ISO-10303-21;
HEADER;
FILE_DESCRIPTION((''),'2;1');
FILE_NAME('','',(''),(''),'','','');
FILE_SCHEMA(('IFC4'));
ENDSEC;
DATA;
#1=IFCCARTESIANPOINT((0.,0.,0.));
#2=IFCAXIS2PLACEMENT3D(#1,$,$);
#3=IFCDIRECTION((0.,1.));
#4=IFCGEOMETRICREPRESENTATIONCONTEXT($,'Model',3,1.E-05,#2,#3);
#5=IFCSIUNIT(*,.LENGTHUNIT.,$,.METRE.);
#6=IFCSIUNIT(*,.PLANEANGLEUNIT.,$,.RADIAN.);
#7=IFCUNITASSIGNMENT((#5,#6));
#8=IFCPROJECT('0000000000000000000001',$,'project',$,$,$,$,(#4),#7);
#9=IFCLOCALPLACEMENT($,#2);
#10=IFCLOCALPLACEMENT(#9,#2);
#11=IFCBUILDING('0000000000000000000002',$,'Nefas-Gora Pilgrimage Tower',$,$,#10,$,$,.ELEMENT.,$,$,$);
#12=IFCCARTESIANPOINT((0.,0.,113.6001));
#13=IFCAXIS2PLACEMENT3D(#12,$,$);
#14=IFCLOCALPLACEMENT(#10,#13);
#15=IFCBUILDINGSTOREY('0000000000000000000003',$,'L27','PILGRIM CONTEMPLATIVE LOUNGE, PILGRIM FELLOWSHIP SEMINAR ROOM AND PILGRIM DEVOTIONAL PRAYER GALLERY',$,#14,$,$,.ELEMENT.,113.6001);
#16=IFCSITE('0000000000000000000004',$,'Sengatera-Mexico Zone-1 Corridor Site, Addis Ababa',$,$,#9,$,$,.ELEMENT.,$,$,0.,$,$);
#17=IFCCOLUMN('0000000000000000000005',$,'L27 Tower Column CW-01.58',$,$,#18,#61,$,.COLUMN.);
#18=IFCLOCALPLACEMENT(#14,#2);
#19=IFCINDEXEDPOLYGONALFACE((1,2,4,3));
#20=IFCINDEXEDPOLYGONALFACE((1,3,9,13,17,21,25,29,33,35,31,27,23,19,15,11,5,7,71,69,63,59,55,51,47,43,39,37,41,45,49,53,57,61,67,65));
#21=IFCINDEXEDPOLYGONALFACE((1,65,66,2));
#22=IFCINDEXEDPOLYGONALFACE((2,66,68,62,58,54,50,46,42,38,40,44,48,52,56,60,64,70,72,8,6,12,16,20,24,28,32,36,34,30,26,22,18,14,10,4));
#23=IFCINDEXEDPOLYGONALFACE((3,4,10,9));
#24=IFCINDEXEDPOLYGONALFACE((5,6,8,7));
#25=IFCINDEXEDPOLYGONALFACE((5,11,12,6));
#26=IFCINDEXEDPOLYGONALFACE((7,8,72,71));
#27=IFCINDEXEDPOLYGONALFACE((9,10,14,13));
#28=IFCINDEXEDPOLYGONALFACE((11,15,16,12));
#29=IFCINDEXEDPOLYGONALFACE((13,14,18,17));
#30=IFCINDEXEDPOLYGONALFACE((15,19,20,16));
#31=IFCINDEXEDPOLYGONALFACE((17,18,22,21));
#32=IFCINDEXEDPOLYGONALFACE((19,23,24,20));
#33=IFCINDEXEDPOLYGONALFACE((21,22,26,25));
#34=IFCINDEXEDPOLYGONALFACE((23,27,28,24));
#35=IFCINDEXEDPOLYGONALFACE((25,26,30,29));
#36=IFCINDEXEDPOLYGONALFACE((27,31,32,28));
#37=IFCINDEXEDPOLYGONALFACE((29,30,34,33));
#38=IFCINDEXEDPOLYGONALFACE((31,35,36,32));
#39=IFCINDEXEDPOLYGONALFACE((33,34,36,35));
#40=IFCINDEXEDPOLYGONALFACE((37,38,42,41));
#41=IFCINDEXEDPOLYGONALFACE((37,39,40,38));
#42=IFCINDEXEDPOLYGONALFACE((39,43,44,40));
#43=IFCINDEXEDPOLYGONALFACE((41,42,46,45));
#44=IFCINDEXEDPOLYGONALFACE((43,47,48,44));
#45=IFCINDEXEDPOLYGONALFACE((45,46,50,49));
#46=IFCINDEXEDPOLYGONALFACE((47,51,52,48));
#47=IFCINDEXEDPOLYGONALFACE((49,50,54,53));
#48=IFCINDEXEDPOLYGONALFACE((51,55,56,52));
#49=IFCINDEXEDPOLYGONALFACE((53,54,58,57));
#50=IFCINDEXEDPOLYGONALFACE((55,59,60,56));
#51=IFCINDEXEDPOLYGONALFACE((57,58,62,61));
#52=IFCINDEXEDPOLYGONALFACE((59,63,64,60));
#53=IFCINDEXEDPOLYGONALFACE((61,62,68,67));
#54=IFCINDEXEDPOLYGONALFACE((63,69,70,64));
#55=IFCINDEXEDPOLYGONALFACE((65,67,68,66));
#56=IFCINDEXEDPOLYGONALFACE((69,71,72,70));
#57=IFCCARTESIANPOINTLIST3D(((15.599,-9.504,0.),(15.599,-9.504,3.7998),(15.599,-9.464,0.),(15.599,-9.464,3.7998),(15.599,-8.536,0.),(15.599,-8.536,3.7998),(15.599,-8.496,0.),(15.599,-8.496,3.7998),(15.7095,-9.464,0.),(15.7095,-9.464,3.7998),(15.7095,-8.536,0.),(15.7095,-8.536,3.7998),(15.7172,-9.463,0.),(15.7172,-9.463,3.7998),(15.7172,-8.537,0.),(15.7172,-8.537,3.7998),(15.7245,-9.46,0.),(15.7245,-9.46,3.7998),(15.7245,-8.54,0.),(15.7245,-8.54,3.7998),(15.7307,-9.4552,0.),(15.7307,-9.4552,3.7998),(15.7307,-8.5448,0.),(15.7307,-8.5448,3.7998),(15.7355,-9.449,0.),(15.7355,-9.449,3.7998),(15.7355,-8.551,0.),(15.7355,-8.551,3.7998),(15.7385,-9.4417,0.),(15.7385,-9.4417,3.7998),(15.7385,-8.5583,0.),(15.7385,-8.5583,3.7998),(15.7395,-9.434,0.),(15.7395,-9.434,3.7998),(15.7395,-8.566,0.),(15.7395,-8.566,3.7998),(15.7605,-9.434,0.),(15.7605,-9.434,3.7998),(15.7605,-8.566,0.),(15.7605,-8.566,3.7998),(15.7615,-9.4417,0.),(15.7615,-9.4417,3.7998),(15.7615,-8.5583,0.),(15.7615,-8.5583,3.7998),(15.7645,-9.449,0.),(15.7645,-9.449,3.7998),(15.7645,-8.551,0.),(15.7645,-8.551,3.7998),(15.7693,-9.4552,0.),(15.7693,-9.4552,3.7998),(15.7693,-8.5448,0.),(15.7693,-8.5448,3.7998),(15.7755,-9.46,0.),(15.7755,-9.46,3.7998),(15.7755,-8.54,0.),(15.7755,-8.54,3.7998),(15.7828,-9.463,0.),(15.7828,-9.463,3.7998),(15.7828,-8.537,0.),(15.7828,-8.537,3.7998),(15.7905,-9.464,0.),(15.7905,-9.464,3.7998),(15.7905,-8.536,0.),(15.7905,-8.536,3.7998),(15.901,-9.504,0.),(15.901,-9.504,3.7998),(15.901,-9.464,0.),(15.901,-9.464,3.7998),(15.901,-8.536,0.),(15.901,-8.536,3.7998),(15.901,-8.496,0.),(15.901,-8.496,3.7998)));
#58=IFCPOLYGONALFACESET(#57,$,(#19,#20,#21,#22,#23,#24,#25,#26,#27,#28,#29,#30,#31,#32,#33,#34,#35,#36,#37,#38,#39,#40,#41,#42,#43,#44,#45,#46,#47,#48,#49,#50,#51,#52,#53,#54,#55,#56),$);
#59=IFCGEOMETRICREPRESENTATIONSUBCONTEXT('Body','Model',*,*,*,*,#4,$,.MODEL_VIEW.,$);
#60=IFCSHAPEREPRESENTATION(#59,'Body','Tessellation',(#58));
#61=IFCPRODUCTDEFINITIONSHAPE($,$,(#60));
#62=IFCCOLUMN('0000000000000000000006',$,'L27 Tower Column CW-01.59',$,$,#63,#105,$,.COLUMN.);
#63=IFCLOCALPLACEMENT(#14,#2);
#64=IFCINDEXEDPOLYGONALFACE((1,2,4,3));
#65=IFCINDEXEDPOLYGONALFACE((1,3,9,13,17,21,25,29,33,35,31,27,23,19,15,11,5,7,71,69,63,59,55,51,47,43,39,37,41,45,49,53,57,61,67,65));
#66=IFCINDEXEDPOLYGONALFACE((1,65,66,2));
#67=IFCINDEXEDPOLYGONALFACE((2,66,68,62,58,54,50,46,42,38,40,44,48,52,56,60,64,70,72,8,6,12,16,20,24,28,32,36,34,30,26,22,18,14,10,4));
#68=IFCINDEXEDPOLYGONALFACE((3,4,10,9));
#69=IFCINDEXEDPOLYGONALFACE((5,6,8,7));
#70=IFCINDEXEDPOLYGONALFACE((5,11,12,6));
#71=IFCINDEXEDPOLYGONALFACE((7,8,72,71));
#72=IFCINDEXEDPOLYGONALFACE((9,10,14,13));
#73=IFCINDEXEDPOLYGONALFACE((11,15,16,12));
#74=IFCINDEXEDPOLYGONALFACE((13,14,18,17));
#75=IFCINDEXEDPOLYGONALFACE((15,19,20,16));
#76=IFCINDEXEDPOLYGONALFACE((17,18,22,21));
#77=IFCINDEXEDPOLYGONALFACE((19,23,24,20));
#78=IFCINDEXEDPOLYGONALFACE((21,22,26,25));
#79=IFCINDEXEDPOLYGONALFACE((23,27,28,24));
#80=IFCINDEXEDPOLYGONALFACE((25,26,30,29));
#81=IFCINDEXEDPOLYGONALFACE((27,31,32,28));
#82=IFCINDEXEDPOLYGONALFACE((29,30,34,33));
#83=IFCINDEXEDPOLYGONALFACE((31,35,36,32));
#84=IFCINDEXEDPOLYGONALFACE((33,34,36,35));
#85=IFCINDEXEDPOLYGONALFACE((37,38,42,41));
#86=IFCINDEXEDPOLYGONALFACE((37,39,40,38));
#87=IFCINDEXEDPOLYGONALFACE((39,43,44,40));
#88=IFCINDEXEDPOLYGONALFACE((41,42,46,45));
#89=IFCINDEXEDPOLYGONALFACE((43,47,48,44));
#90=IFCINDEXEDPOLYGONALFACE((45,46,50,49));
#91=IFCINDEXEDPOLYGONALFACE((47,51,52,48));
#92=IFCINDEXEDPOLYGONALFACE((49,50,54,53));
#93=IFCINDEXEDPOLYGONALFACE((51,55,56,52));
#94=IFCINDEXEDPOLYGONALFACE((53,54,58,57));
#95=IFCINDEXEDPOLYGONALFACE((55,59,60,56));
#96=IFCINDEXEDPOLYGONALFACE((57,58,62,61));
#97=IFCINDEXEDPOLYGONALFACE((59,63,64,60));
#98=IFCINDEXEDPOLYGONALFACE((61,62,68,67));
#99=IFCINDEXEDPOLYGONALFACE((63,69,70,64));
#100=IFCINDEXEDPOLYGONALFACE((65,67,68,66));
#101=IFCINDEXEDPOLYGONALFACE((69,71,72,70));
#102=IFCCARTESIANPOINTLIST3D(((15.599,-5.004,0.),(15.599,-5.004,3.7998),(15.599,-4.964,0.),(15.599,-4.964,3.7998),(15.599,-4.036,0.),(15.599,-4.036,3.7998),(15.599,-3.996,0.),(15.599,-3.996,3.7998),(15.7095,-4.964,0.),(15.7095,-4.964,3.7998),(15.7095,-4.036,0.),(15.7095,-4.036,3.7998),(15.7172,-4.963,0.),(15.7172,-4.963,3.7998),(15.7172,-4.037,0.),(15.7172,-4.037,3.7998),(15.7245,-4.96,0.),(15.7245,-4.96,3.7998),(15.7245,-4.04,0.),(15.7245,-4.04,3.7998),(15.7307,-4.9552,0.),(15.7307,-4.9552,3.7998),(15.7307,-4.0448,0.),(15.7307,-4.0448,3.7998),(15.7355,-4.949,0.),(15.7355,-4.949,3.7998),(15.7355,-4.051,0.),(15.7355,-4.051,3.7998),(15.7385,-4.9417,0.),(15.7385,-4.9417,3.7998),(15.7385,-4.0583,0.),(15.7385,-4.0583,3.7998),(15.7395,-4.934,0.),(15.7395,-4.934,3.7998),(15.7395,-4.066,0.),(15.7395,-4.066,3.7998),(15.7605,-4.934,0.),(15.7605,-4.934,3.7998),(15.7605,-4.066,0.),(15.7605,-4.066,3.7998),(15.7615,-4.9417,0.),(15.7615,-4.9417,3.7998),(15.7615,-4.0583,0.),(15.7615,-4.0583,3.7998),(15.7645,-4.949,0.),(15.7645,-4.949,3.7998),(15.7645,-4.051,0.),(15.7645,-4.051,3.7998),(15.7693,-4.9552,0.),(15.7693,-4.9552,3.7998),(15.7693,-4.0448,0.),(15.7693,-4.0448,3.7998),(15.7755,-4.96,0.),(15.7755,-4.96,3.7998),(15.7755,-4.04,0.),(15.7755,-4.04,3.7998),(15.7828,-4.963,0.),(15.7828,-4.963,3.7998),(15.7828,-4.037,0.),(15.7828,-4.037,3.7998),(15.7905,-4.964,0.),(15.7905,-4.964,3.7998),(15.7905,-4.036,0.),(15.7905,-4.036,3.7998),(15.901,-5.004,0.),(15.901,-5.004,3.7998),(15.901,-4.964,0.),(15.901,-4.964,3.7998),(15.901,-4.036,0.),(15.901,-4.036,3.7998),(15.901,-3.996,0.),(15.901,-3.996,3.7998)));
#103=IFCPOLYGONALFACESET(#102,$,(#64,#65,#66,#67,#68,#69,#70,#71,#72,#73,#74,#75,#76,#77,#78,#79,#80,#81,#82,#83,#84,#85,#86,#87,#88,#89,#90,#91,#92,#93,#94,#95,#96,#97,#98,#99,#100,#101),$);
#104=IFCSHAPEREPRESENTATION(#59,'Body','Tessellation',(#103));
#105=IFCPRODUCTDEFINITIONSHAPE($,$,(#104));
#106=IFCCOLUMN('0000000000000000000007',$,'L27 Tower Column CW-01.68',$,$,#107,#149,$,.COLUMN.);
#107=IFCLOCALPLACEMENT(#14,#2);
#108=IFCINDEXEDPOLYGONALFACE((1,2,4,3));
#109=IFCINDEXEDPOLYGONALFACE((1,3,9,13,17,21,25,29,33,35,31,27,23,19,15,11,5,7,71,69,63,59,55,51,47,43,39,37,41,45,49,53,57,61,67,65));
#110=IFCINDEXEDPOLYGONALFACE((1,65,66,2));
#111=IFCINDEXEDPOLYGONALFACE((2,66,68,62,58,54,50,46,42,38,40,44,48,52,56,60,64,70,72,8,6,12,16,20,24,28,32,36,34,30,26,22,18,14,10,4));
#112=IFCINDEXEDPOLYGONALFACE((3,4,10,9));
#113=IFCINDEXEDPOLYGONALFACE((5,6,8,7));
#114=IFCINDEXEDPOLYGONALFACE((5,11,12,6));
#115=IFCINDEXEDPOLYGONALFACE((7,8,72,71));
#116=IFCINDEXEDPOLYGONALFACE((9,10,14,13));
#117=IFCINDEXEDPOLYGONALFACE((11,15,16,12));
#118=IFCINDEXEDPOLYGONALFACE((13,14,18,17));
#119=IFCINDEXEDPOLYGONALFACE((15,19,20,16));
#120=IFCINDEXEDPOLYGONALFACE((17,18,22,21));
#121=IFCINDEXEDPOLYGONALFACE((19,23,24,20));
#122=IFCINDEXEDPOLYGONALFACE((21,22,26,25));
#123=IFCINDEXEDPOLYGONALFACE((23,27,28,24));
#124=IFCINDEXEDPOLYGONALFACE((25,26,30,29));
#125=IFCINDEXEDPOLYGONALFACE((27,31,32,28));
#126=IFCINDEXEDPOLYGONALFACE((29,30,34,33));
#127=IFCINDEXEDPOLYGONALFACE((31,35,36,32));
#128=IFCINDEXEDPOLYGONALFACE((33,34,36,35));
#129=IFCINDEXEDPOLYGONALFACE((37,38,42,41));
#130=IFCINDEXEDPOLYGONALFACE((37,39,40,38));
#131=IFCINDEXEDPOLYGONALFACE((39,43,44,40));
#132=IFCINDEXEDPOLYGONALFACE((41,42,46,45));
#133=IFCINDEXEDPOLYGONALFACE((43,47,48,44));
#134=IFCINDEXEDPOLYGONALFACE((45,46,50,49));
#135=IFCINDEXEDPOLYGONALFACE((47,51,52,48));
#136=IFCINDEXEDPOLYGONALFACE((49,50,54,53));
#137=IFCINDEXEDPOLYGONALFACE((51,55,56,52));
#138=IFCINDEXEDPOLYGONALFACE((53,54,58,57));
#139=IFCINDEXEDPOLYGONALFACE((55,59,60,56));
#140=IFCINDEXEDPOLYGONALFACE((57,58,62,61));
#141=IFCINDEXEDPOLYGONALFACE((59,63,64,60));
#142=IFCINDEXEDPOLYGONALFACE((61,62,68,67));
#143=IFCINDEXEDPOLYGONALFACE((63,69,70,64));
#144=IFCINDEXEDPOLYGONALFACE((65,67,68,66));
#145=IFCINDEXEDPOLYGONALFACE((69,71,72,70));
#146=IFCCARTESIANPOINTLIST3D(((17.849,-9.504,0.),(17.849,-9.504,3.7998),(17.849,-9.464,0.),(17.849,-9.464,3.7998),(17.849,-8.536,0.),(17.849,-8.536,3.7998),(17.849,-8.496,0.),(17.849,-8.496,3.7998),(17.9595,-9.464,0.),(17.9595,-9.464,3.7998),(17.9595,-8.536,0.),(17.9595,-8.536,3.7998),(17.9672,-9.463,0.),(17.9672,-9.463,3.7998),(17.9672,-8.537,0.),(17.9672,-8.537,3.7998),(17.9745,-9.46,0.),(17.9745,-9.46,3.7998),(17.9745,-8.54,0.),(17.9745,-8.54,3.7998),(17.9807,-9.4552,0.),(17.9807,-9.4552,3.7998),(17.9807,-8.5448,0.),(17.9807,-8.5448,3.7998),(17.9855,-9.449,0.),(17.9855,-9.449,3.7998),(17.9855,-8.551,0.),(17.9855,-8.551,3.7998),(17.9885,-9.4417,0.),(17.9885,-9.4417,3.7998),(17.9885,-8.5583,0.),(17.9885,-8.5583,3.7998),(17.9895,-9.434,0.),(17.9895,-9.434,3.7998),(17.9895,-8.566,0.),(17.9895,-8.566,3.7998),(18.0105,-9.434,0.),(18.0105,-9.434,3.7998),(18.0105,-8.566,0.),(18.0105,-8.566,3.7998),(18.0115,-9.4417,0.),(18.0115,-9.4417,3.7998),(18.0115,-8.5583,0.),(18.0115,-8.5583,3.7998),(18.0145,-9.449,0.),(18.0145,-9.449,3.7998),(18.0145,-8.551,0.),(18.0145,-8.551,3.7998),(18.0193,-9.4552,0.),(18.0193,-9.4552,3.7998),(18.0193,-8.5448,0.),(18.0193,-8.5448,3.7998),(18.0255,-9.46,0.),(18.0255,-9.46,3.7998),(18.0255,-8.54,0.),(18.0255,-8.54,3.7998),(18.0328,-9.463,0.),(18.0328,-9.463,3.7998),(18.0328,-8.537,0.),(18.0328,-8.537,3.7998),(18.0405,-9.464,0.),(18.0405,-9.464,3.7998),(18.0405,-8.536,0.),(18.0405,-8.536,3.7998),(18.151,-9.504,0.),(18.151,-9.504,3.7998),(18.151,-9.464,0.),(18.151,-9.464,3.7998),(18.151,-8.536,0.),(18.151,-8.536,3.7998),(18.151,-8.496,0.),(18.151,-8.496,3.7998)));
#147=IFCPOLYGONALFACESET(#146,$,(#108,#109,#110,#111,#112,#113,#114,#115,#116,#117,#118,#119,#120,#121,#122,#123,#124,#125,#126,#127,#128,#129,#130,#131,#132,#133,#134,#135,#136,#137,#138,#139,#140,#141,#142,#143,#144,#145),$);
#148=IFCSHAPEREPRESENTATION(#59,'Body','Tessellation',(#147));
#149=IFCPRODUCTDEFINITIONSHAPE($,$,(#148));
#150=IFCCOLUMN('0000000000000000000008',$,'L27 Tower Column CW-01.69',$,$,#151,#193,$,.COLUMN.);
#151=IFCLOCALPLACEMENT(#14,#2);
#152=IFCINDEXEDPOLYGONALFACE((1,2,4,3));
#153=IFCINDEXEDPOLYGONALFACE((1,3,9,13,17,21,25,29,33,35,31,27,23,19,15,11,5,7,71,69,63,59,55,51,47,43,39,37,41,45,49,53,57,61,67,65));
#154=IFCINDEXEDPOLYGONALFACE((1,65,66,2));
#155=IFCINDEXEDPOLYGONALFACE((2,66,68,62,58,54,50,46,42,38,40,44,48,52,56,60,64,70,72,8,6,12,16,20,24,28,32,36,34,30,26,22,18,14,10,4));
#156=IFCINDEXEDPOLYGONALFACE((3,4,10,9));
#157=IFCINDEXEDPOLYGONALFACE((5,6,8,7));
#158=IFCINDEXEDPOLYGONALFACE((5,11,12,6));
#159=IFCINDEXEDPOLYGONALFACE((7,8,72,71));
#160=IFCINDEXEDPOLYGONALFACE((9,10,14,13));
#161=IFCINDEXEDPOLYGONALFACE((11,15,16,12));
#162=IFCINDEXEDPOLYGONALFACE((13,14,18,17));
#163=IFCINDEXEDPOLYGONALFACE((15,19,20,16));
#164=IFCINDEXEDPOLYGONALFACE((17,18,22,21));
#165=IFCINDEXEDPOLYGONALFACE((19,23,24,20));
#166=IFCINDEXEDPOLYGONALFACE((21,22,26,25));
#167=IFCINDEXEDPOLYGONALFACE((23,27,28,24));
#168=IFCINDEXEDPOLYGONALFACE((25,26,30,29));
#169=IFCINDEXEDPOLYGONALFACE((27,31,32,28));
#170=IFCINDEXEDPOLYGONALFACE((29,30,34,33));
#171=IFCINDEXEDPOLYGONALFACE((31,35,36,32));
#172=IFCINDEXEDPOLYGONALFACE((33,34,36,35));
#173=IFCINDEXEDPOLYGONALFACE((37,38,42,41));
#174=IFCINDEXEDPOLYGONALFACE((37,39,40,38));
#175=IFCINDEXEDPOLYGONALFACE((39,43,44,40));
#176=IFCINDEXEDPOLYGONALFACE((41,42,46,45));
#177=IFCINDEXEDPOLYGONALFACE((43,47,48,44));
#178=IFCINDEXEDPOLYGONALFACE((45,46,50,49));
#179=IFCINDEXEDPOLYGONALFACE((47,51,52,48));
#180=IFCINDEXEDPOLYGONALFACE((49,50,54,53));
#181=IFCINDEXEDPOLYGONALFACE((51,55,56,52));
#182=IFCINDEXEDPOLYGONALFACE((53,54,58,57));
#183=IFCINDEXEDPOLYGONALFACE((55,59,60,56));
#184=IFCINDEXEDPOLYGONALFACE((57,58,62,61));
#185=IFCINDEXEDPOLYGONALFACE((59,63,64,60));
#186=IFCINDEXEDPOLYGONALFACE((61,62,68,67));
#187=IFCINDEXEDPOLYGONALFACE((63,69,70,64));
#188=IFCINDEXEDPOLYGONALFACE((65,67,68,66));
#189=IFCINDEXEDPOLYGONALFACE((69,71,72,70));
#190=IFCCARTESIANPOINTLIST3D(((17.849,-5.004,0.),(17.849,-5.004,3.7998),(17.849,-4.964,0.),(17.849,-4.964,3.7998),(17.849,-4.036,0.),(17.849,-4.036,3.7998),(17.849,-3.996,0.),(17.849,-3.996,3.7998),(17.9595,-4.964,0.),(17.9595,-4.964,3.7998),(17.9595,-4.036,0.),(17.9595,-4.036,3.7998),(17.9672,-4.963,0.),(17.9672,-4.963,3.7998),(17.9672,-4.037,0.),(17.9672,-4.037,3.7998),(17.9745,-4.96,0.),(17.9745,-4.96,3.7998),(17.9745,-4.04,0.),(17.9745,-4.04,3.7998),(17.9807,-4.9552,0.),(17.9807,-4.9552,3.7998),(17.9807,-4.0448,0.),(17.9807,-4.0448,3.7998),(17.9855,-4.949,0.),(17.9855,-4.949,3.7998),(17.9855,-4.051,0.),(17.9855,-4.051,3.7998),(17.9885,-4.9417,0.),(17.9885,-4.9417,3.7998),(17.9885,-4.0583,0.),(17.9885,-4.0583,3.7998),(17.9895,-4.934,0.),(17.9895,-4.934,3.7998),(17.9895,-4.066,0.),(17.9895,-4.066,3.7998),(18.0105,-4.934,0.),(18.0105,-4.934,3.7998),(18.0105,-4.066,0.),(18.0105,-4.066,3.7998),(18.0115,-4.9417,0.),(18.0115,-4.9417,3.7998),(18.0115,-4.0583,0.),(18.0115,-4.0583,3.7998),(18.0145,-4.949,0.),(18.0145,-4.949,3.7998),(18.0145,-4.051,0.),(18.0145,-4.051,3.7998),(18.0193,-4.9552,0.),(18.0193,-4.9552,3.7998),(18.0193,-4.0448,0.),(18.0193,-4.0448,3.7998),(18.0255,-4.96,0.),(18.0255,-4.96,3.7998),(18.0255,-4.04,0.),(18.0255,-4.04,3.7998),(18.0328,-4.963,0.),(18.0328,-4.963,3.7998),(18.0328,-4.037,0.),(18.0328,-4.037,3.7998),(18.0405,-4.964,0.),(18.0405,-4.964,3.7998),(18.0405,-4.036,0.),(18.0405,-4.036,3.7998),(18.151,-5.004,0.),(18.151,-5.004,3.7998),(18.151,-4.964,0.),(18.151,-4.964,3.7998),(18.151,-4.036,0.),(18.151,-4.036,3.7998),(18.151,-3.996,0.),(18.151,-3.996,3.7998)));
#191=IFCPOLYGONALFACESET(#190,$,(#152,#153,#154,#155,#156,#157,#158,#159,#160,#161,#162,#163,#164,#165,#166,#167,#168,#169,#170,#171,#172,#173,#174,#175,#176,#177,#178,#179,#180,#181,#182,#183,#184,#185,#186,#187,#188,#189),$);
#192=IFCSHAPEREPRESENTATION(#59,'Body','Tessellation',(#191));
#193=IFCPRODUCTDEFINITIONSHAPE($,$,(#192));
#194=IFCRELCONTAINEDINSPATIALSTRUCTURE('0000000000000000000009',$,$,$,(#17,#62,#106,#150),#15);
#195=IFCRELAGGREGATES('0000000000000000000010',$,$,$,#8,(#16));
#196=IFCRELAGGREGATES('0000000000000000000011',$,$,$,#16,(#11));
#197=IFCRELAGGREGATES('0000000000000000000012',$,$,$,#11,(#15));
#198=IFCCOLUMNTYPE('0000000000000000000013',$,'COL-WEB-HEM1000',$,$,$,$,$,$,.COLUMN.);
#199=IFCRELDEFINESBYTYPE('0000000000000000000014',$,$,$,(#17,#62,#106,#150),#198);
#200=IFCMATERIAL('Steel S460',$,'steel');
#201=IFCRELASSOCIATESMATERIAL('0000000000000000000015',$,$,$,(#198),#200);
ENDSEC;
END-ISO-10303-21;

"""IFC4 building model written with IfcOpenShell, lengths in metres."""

from ifc_helpers import new_model, si_unit, direction, frame, origin, origin_2d, place, context, subcontext, project, spatial, i_section, extrude, source, transform, mapped, material, material_profile, profile_set, type_object, element, save


model = new_model("IFC4")

# Units and contexts
model_context = context("Model", 3, precision=1e-05, world=origin(), true_north=direction((0.0, 1.0)))
body_context = subcontext(model_context, "Body", "Model", "MODEL_VIEW")
ifc_project = project(units=[si_unit("LENGTHUNIT", "METRE"), si_unit("PLANEANGLEUNIT", "RADIAN")], contexts=[model_context])

# Site, building, storey
site_placement = place(None, origin())
site = spatial("IfcSite", under=ifc_project, at=site_placement, Name="Sengatera-Mexico Zone-1 Corridor Site, Addis Ababa", CompositionType="ELEMENT", RefElevation=0.0)
building_placement = place(site_placement, origin())
building = spatial("IfcBuilding", under=site, at=building_placement, Name="Nefas-Gora Pilgrimage Tower", CompositionType="ELEMENT")
storey_placement = place(building_placement, frame((0.0, 0.0, 113.6001)))
storey = spatial("IfcBuildingStorey", under=building, at=storey_placement, Name="L27", Description="PILGRIM CONTEMPLATIVE LOUNGE, PILGRIM FELLOWSHIP SEMINAR ROOM AND PILGRIM DEVOTIONAL PRAYER GALLERY", CompositionType="ELEMENT", Elevation=113.6001)

# Columns
ifc_material_1 = material(Name="Steel S460", Category="steel")
ifc_material_profile_1 = material_profile(ifc_material_1, i_section(OverallWidth=0.302, OverallDepth=1.0081, WebThickness=0.021, FlangeThickness=0.04, FilletRadius=0.03, at=origin_2d()), Name="HEM 1000")
ifc_profile_set_1 = profile_set([ifc_material_profile_1], Name="Steel S460")
column_type_1 = type_object("IfcColumnType", Name="COL-WEB-HEM1000", PredefinedType="COLUMN", material=ifc_profile_set_1)
shared_shape_1 = source(origin(), body_context, "Body", "SweptSolid", [
    extrude(i_section(OverallWidth=0.302, OverallDepth=1.0081, WebThickness=0.021, FlangeThickness=0.04, FilletRadius=0.03, at=origin_2d()), origin(), (0.0, 0.0, 1.0), 3.7998),
])
for number, where, z_axis, x_axis, name in (
    (1, (15.75, -9.0, 0.0), (0.0, 0.0, 1.0), (1.0, 0.0, 0.0), "L27 Tower Column CW-01.58"),
    (2, (15.75, -4.5, 0.0), (0.0, 0.0, 1.0), (1.0, 0.0, 0.0), "L27 Tower Column CW-01.59"),
    (3, (18.0, -9.0, 0.0), (0.0, 0.0, 1.0), (1.0, 0.0, 0.0), "L27 Tower Column CW-01.68"),
    (4, (18.0, -4.5, 0.0), (0.0, 0.0, 1.0), (1.0, 0.0, 0.0), "L27 Tower Column CW-01.69"),
):
    element("IfcColumn", number, at=place(storey_placement, frame(where, z_axis=z_axis, x_axis=x_axis)), inside=storey, type_object=column_type_1, Name=name, PredefinedType="COLUMN", context=body_context, shape_type="MappedRepresentation", body=[
        mapped(shared_shape_1, transform((0.0, 0.0, 0.0), x_axis=(1.0, 0.0, 0.0), y_axis=(0.0, 1.0, 0.0), z_axis=(0.0, 0.0, 1.0), scale=1.0)),
    ])

save(model, "model.ifc")
